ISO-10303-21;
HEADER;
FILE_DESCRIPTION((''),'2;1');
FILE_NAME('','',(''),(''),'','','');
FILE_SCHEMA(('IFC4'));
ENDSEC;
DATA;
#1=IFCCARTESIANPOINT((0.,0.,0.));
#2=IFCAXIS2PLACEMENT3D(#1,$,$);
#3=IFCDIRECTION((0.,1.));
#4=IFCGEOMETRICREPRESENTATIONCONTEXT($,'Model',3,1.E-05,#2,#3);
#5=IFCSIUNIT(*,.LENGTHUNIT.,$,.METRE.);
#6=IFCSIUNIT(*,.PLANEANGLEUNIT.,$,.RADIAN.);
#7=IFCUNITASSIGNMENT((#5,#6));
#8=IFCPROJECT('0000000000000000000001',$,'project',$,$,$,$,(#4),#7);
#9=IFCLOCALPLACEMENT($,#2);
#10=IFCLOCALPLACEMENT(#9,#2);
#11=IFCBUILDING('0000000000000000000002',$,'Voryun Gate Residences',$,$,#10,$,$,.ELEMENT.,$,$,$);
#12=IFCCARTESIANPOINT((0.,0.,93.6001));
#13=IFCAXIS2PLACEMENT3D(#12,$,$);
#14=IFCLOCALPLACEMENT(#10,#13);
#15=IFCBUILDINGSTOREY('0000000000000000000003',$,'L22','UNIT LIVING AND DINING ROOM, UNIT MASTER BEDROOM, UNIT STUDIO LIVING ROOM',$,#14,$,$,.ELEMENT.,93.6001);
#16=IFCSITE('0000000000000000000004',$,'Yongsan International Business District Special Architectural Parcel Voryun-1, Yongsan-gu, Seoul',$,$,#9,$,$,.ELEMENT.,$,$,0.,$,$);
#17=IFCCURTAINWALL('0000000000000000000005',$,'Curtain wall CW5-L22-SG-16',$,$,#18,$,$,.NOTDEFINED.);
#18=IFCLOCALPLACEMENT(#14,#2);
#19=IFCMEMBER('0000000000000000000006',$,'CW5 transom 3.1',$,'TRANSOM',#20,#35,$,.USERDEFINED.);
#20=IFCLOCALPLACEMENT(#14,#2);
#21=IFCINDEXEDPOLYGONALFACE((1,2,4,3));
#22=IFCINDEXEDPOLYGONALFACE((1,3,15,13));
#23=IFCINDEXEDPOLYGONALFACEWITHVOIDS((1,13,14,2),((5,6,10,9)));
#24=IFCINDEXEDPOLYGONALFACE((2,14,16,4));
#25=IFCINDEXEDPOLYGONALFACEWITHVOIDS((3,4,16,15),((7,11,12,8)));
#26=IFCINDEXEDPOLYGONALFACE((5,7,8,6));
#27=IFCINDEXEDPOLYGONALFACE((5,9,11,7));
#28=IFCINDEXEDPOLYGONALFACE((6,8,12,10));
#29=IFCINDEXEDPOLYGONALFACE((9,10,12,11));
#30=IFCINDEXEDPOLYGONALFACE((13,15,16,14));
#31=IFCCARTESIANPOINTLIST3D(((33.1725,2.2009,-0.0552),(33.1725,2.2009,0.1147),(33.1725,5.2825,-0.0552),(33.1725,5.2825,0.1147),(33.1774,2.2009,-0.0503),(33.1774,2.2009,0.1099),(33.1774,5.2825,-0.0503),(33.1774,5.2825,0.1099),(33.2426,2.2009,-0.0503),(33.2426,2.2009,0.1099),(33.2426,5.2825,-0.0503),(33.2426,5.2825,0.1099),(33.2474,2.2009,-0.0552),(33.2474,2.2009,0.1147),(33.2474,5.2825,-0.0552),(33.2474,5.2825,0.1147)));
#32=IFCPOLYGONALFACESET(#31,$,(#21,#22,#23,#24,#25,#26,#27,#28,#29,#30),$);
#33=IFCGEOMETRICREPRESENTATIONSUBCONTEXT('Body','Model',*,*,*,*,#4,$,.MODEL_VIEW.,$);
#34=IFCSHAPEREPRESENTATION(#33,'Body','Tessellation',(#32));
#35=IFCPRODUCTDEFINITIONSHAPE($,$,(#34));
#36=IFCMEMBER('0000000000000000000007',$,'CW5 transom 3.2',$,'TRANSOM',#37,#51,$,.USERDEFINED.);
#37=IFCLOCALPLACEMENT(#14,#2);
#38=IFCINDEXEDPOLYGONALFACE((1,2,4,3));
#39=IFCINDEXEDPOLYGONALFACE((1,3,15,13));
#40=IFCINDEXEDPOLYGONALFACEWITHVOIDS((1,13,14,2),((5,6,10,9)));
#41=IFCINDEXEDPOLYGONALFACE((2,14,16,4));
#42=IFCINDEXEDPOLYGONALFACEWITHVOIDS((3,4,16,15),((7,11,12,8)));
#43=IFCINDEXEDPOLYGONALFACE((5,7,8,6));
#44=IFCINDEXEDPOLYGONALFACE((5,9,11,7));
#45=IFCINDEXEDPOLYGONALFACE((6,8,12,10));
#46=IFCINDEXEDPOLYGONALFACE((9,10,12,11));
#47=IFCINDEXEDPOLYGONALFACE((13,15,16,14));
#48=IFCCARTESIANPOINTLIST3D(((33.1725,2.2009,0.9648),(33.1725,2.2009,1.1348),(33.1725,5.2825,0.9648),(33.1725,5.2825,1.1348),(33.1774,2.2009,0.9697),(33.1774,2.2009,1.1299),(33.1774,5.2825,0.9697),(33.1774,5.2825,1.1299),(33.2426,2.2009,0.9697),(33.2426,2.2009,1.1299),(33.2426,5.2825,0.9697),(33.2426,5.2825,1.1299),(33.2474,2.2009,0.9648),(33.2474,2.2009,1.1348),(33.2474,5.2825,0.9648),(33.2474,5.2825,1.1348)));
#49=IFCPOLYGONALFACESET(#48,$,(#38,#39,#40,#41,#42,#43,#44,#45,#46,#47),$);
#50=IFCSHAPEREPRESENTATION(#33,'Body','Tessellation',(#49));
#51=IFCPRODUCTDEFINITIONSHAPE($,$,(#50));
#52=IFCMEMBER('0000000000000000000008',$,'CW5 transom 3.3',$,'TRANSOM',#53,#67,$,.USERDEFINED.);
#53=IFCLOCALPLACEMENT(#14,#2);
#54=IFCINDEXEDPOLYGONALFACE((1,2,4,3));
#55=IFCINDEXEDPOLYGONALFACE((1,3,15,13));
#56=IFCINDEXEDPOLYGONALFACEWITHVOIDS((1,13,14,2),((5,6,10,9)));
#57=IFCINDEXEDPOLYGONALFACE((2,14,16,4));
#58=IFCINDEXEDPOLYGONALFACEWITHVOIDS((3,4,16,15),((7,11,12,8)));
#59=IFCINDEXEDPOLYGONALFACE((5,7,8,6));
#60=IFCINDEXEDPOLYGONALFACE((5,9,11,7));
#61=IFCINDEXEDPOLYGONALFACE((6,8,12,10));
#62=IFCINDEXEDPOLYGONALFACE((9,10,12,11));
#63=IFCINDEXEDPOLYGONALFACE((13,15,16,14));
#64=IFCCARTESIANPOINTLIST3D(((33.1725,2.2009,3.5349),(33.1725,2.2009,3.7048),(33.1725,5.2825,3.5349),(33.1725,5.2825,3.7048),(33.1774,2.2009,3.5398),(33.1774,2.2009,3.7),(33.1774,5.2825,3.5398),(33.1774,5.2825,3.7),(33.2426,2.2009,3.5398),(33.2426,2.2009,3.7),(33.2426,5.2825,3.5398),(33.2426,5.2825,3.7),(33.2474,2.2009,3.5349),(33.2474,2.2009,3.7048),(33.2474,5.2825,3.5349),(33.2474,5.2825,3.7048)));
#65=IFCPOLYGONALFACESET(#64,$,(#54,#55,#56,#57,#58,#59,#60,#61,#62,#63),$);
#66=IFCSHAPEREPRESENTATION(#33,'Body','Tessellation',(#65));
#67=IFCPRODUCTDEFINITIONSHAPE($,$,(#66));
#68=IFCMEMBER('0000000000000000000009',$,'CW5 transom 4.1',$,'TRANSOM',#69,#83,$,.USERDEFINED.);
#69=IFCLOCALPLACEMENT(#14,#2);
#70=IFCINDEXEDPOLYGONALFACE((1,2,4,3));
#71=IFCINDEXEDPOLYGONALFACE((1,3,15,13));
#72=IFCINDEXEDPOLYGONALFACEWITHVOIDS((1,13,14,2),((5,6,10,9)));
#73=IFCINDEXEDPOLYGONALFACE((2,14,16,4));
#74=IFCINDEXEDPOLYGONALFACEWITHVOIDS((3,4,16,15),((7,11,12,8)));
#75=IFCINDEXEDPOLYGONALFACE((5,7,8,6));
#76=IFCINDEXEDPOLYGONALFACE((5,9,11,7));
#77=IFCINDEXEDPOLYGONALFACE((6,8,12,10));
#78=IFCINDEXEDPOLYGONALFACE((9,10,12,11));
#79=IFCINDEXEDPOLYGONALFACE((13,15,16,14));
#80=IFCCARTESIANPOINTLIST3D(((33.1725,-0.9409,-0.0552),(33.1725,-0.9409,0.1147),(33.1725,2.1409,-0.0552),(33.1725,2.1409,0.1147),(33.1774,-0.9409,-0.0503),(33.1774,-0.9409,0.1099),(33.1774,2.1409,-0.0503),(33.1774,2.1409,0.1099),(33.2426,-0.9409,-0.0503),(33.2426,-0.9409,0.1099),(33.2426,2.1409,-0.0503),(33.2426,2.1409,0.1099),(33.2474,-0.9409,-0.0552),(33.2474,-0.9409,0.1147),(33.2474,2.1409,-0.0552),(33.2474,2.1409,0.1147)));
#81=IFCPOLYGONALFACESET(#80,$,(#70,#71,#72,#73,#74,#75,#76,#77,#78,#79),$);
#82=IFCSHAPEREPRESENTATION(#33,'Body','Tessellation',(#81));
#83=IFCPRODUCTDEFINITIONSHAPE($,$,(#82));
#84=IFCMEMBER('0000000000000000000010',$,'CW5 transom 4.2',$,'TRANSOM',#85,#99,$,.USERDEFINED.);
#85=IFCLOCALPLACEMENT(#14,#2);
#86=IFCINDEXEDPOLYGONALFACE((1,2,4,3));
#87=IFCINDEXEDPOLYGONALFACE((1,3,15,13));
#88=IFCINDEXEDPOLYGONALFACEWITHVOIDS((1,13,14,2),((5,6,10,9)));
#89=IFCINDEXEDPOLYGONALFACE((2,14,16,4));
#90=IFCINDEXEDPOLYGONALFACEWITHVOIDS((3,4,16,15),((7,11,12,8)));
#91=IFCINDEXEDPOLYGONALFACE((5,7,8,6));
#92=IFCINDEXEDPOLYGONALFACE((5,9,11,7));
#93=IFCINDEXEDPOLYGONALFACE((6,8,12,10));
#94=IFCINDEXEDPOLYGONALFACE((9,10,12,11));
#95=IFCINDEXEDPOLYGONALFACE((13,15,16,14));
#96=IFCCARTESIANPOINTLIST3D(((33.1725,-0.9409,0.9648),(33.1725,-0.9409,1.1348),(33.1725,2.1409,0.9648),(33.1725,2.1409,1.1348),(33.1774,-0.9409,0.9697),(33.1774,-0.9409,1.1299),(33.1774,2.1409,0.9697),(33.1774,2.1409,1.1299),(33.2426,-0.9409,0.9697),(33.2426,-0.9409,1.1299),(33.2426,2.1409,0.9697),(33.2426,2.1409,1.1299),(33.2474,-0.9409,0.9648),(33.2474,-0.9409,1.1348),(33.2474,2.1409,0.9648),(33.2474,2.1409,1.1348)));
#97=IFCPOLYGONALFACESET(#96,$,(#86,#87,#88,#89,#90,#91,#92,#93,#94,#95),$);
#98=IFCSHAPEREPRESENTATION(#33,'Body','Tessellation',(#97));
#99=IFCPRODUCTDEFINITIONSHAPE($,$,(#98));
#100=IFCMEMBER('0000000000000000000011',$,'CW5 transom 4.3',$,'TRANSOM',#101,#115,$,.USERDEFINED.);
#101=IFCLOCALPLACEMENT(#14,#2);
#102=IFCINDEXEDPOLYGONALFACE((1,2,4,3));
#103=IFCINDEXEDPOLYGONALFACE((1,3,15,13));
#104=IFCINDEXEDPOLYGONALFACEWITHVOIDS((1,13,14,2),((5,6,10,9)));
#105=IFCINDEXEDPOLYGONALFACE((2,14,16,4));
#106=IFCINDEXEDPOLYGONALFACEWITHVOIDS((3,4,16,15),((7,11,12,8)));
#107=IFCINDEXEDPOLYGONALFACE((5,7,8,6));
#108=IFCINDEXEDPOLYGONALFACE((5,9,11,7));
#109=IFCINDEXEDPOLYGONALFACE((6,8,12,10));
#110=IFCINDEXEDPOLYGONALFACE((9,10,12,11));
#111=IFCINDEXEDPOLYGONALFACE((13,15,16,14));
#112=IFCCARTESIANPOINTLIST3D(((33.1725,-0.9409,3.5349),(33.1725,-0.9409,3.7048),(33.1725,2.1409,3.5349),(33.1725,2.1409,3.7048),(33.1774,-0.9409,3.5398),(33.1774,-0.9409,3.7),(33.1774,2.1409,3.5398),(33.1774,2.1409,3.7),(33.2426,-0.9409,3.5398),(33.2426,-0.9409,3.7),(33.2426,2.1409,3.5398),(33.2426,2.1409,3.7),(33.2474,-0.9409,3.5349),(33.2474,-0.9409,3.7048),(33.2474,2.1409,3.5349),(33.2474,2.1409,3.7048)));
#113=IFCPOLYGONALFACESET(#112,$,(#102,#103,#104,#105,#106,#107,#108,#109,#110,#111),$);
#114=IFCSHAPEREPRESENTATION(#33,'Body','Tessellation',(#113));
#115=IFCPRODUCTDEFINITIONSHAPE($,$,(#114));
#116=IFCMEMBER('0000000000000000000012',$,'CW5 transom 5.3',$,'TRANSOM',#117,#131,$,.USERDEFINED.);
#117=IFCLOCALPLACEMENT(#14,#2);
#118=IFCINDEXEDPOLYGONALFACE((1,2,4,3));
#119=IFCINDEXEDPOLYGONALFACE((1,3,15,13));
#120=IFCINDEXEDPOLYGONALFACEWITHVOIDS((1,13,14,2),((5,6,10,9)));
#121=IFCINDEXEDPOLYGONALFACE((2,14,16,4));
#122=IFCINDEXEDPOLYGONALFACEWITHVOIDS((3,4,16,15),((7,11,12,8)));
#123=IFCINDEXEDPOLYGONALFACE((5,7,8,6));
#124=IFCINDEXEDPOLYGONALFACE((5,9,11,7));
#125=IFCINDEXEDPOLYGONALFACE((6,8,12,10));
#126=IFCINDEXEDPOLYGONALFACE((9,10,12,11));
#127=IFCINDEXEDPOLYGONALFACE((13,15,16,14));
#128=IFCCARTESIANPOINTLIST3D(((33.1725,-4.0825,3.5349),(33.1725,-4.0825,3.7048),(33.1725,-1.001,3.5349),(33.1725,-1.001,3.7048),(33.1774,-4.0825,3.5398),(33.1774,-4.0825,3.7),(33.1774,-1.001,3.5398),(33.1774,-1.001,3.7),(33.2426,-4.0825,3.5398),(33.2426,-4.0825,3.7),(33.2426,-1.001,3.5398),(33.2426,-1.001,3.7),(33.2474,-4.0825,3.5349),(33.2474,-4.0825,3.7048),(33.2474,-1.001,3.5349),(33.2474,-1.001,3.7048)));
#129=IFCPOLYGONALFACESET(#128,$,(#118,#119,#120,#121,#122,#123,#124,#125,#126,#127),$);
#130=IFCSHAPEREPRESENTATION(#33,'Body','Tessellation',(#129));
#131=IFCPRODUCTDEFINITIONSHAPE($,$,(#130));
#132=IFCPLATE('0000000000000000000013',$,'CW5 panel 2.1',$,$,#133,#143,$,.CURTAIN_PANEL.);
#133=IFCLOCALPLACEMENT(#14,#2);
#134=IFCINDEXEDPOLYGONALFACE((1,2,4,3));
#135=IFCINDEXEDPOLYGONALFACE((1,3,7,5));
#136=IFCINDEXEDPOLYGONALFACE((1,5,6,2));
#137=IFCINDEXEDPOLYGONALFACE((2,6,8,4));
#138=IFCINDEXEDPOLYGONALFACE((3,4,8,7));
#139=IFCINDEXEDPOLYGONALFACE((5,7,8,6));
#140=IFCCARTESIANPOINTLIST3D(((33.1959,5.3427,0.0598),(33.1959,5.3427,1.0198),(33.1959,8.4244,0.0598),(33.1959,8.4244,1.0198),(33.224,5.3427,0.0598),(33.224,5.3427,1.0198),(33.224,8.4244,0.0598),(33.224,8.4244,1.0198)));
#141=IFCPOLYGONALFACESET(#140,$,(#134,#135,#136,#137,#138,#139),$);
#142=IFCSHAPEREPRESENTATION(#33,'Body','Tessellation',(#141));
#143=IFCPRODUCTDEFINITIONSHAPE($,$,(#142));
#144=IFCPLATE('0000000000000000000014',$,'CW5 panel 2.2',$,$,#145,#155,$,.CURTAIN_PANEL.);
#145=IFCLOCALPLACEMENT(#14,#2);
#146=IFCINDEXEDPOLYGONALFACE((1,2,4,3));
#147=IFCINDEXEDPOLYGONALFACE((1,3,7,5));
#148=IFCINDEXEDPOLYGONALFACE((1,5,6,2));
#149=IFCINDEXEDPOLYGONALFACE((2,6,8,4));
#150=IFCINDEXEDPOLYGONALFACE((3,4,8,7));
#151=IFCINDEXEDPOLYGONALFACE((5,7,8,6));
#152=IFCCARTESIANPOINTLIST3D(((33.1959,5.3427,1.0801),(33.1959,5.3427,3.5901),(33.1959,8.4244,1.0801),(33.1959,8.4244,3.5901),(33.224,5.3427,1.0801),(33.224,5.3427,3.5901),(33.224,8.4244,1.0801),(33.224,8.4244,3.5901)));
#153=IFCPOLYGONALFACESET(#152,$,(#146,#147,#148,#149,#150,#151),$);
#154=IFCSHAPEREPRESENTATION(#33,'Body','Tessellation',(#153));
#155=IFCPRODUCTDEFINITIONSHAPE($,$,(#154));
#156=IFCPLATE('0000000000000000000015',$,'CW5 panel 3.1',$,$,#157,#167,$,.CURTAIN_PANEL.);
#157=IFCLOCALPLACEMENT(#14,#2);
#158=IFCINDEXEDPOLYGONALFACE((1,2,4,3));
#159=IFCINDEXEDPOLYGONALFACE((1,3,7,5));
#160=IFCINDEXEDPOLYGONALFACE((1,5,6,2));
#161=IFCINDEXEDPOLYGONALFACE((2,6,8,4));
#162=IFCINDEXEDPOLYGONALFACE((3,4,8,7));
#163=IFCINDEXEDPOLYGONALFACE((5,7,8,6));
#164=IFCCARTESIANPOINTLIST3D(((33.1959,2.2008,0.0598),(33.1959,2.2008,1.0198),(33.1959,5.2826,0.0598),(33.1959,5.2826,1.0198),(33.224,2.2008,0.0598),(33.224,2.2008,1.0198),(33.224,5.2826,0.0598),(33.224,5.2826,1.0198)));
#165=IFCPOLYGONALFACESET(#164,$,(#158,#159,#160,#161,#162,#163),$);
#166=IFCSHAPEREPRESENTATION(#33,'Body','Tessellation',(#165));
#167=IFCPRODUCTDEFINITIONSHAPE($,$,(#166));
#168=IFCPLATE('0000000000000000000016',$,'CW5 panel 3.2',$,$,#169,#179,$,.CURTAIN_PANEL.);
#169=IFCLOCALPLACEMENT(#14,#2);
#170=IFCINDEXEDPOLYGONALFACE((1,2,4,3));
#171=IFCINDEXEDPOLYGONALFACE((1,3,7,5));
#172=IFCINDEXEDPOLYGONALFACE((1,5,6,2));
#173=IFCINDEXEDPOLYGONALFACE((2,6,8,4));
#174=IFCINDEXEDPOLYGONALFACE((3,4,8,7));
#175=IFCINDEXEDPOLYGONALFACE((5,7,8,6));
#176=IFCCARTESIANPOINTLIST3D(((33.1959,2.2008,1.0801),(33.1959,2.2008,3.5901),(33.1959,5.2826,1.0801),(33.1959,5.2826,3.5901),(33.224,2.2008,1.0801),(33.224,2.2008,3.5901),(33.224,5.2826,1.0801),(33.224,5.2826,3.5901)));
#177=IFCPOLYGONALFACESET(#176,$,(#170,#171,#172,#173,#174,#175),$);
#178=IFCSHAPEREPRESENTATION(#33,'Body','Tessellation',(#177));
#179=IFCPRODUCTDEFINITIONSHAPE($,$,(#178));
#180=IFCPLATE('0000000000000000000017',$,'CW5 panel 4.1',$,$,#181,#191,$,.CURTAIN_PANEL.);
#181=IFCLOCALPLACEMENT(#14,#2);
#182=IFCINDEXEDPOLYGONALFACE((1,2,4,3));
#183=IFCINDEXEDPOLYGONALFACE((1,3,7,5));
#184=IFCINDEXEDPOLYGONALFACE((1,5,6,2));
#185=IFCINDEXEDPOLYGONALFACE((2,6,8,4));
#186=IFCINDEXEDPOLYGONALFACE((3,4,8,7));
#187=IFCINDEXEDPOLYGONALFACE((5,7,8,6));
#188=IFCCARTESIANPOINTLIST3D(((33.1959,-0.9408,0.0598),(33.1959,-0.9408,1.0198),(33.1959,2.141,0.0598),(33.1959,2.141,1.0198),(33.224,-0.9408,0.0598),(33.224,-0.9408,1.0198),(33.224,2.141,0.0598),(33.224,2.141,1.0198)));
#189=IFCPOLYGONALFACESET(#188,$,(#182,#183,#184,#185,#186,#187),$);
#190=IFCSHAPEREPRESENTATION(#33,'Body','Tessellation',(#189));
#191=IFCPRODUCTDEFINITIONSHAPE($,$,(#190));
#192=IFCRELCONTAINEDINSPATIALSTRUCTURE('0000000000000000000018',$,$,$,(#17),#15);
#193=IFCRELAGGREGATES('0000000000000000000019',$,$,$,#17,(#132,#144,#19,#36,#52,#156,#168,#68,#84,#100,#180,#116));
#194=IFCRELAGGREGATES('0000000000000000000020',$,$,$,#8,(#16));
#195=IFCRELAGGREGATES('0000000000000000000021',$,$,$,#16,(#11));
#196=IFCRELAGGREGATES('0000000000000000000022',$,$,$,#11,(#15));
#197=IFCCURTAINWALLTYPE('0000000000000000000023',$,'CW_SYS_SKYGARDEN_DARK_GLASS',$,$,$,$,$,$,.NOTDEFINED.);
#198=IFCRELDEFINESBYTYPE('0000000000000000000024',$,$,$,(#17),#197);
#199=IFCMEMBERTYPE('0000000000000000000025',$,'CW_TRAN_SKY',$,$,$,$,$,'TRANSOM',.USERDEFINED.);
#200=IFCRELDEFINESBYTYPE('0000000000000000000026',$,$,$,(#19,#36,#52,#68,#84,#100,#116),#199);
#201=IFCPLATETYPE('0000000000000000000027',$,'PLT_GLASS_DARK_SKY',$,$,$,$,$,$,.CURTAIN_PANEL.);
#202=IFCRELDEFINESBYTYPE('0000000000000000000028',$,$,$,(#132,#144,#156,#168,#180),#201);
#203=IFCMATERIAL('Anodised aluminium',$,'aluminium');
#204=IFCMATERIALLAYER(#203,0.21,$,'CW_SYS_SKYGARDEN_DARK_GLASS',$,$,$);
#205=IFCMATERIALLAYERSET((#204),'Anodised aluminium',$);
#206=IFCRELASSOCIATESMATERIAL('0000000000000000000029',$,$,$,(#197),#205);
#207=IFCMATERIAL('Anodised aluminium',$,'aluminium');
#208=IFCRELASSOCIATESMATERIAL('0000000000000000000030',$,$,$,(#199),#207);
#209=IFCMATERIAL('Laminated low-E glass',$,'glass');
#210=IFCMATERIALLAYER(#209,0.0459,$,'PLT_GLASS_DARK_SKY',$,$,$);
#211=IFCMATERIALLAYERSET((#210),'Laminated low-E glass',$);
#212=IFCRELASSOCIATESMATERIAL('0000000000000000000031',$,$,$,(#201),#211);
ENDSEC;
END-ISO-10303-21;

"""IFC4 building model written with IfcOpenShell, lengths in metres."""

from ifc_helpers import new_model, si_unit, direction, frame, origin, origin_2d, place, context, subcontext, project, spatial, rectangle, hollow_rectangle, extrude, material, layer, layer_set, material_profile, profile_set, type_object, element, aggregate, save


model = new_model("IFC4")

# Units and contexts
model_context = context("Model", 3, precision=1e-05, world=origin(), true_north=direction((0.0, 1.0)))
body_context = subcontext(model_context, "Body", "Model", "MODEL_VIEW")
ifc_project = project(units=[si_unit("LENGTHUNIT", "METRE"), si_unit("PLANEANGLEUNIT", "RADIAN")], contexts=[model_context])

# Site, building, storey
site_placement = place(None, origin())
site = spatial("IfcSite", under=ifc_project, at=site_placement, Name="Yongsan International Business District Special Architectural Parcel Voryun-1, Yongsan-gu, Seoul", CompositionType="ELEMENT", RefElevation=0.0)
building_placement = place(site_placement, origin())
building = spatial("IfcBuilding", under=site, at=building_placement, Name="Voryun Gate Residences", CompositionType="ELEMENT")
storey_placement = place(building_placement, frame((0.0, 0.0, 93.6001)))
storey = spatial("IfcBuildingStorey", under=building, at=storey_placement, Name="L22", Description="UNIT LIVING AND DINING ROOM, UNIT MASTER BEDROOM, UNIT STUDIO LIVING ROOM", CompositionType="ELEMENT", Elevation=93.6001)

# Curtain wall, members, plates
ifc_material_1 = material(Name="Anodised aluminium", Category="aluminium")
ifc_layer_1 = layer(ifc_material_1, 0.21, Name="CW_SYS_SKYGARDEN_DARK_GLASS")
ifc_layer_set_1 = layer_set([ifc_layer_1], Name="Anodised aluminium")
curtain_wall_type = type_object("IfcCurtainWallType", Name="CW_SYS_SKYGARDEN_DARK_GLASS", PredefinedType="NOTDEFINED", material=ifc_layer_set_1)
curtain_wall_placement = place(storey_placement, origin())
curtain_wall = element("IfcCurtainWall", 1, at=curtain_wall_placement, inside=storey, type_object=curtain_wall_type, Name="Curtain wall CW5-L22-SG-16", PredefinedType="NOTDEFINED")
ifc_material_2 = material(Name="Anodised aluminium", Category="aluminium")
ifc_material_profile_1 = material_profile(ifc_material_2, hollow_rectangle(XDim=0.075, YDim=0.1699, WallThickness=0.0049, at=origin_2d()), Name="ALU-TRAN-170x75x5")
ifc_profile_set_1 = profile_set([ifc_material_profile_1], Name="Anodised aluminium")
member_type_1 = type_object("IfcMemberType", Name="CW_TRAN_SKY", ElementType="TRANSOM", PredefinedType="USERDEFINED", material=ifc_profile_set_1)
member_1_placement = place(storey_placement, frame((33.21, 5.2825, 0.0298), z_axis=(0.0, -1.0, 0.0), x_axis=(1.0, 0.0, 0.0)))
member_1 = element("IfcMember", 2, at=member_1_placement, type_object=member_type_1, Name="CW5 transom 3.1", ObjectType="TRANSOM", PredefinedType="USERDEFINED", context=body_context, shape_type="SweptSolid", body=[
    extrude(hollow_rectangle(XDim=0.075, YDim=0.1699, WallThickness=0.0049, at=origin_2d()), origin(), (0.0, 0.0, 1.0), 3.0815),
])
member_2_placement = place(storey_placement, frame((33.21, 5.2825, 1.0498), z_axis=(0.0, -1.0, 0.0), x_axis=(1.0, 0.0, 0.0)))
member_2 = element("IfcMember", 3, at=member_2_placement, type_object=member_type_1, Name="CW5 transom 3.2", ObjectType="TRANSOM", PredefinedType="USERDEFINED", context=body_context, shape_type="SweptSolid", body=[
    extrude(hollow_rectangle(XDim=0.075, YDim=0.1699, WallThickness=0.0049, at=origin_2d()), origin(), (0.0, 0.0, 1.0), 3.0815),
])
member_3_placement = place(storey_placement, frame((33.21, 5.2825, 3.6199), z_axis=(0.0, -1.0, 0.0), x_axis=(1.0, 0.0, 0.0)))
member_3 = element("IfcMember", 4, at=member_3_placement, type_object=member_type_1, Name="CW5 transom 3.3", ObjectType="TRANSOM", PredefinedType="USERDEFINED", context=body_context, shape_type="SweptSolid", body=[
    extrude(hollow_rectangle(XDim=0.075, YDim=0.1699, WallThickness=0.0049, at=origin_2d()), origin(), (0.0, 0.0, 1.0), 3.0815),
])
member_4_placement = place(storey_placement, frame((33.21, 2.1409, 0.0298), z_axis=(0.0, -1.0, 0.0), x_axis=(1.0, 0.0, 0.0)))
member_4 = element("IfcMember", 5, at=member_4_placement, type_object=member_type_1, Name="CW5 transom 4.1", ObjectType="TRANSOM", PredefinedType="USERDEFINED", context=body_context, shape_type="SweptSolid", body=[
    extrude(hollow_rectangle(XDim=0.075, YDim=0.1699, WallThickness=0.0049, at=origin_2d()), origin(), (0.0, 0.0, 1.0), 3.0818),
])
member_5_placement = place(storey_placement, frame((33.21, 2.1409, 1.0498), z_axis=(0.0, -1.0, 0.0), x_axis=(1.0, 0.0, 0.0)))
member_5 = element("IfcMember", 6, at=member_5_placement, type_object=member_type_1, Name="CW5 transom 4.2", ObjectType="TRANSOM", PredefinedType="USERDEFINED", context=body_context, shape_type="SweptSolid", body=[
    extrude(hollow_rectangle(XDim=0.075, YDim=0.1699, WallThickness=0.0049, at=origin_2d()), origin(), (0.0, 0.0, 1.0), 3.0818),
])
member_6_placement = place(storey_placement, frame((33.21, 2.1409, 3.6199), z_axis=(0.0, -1.0, 0.0), x_axis=(1.0, 0.0, 0.0)))
member_6 = element("IfcMember", 7, at=member_6_placement, type_object=member_type_1, Name="CW5 transom 4.3", ObjectType="TRANSOM", PredefinedType="USERDEFINED", context=body_context, shape_type="SweptSolid", body=[
    extrude(hollow_rectangle(XDim=0.075, YDim=0.1699, WallThickness=0.0049, at=origin_2d()), origin(), (0.0, 0.0, 1.0), 3.0818),
])
member_7_placement = place(storey_placement, frame((33.21, -1.001, 3.6199), z_axis=(0.0, -1.0, 0.0), x_axis=(1.0, 0.0, 0.0)))
member_7 = element("IfcMember", 8, at=member_7_placement, type_object=member_type_1, Name="CW5 transom 5.3", ObjectType="TRANSOM", PredefinedType="USERDEFINED", context=body_context, shape_type="SweptSolid", body=[
    extrude(hollow_rectangle(XDim=0.075, YDim=0.1699, WallThickness=0.0049, at=origin_2d()), origin(), (0.0, 0.0, 1.0), 3.0815),
])
ifc_material_3 = material(Name="Laminated low-E glass", Category="glass")
ifc_layer_2 = layer(ifc_material_3, 0.0459, Name="PLT_GLASS_DARK_SKY")
ifc_layer_set_2 = layer_set([ifc_layer_2], Name="Laminated low-E glass")
plate_type = type_object("IfcPlateType", Name="PLT_GLASS_DARK_SKY", PredefinedType="CURTAIN_PANEL", material=ifc_layer_set_2)
plate_1_placement = place(storey_placement, frame((33.21, 6.8835, 0.0598), z_axis=(0.0, 0.0, 1.0), x_axis=(0.0, -1.0, 0.0)))
plate_1 = element("IfcPlate", 9, at=plate_1_placement, type_object=plate_type, Name="CW5 panel 2.1", PredefinedType="CURTAIN_PANEL", context=body_context, shape_type="SweptSolid", body=[
    extrude(rectangle(XDim=3.0818, YDim=0.0281, at=origin_2d()), origin(), (0.0, 0.0, 1.0), 0.96),
])
plate_2_placement = place(storey_placement, frame((33.21, 6.8835, 1.0801), z_axis=(0.0, 0.0, 1.0), x_axis=(0.0, -1.0, 0.0)))
plate_2 = element("IfcPlate", 10, at=plate_2_placement, type_object=plate_type, Name="CW5 panel 2.2", PredefinedType="CURTAIN_PANEL", context=body_context, shape_type="SweptSolid", body=[
    extrude(rectangle(XDim=3.0818, YDim=0.0281, at=origin_2d()), origin(), (0.0, 0.0, 1.0), 2.51),
])
plate_3_placement = place(storey_placement, frame((33.21, 3.7417, 0.0598), z_axis=(0.0, 0.0, 1.0), x_axis=(0.0, -1.0, 0.0)))
plate_3 = element("IfcPlate", 11, at=plate_3_placement, type_object=plate_type, Name="CW5 panel 3.1", PredefinedType="CURTAIN_PANEL", context=body_context, shape_type="SweptSolid", body=[
    extrude(rectangle(XDim=3.0818, YDim=0.0281, at=origin_2d()), origin(), (0.0, 0.0, 1.0), 0.96),
])
plate_4_placement = place(storey_placement, frame((33.21, 3.7417, 1.0801), z_axis=(0.0, 0.0, 1.0), x_axis=(0.0, -1.0, 0.0)))
plate_4 = element("IfcPlate", 12, at=plate_4_placement, type_object=plate_type, Name="CW5 panel 3.2", PredefinedType="CURTAIN_PANEL", context=body_context, shape_type="SweptSolid", body=[
    extrude(rectangle(XDim=3.0818, YDim=0.0281, at=origin_2d()), origin(), (0.0, 0.0, 1.0), 2.51),
])
plate_5_placement = place(storey_placement, frame((33.21, 0.6001, 0.0598), z_axis=(0.0, 0.0, 1.0), x_axis=(0.0, -1.0, 0.0)))
plate_5 = element("IfcPlate", 13, at=plate_5_placement, type_object=plate_type, Name="CW5 panel 4.1", PredefinedType="CURTAIN_PANEL", context=body_context, shape_type="SweptSolid", body=[
    extrude(rectangle(XDim=3.0818, YDim=0.0281, at=origin_2d()), origin(), (0.0, 0.0, 1.0), 0.96),
])
aggregate(curtain_wall, [plate_1, plate_2, member_1, member_2, member_3, plate_3, plate_4, member_4, member_5, member_6, plate_5, member_7])

save(model, "model.ifc")
